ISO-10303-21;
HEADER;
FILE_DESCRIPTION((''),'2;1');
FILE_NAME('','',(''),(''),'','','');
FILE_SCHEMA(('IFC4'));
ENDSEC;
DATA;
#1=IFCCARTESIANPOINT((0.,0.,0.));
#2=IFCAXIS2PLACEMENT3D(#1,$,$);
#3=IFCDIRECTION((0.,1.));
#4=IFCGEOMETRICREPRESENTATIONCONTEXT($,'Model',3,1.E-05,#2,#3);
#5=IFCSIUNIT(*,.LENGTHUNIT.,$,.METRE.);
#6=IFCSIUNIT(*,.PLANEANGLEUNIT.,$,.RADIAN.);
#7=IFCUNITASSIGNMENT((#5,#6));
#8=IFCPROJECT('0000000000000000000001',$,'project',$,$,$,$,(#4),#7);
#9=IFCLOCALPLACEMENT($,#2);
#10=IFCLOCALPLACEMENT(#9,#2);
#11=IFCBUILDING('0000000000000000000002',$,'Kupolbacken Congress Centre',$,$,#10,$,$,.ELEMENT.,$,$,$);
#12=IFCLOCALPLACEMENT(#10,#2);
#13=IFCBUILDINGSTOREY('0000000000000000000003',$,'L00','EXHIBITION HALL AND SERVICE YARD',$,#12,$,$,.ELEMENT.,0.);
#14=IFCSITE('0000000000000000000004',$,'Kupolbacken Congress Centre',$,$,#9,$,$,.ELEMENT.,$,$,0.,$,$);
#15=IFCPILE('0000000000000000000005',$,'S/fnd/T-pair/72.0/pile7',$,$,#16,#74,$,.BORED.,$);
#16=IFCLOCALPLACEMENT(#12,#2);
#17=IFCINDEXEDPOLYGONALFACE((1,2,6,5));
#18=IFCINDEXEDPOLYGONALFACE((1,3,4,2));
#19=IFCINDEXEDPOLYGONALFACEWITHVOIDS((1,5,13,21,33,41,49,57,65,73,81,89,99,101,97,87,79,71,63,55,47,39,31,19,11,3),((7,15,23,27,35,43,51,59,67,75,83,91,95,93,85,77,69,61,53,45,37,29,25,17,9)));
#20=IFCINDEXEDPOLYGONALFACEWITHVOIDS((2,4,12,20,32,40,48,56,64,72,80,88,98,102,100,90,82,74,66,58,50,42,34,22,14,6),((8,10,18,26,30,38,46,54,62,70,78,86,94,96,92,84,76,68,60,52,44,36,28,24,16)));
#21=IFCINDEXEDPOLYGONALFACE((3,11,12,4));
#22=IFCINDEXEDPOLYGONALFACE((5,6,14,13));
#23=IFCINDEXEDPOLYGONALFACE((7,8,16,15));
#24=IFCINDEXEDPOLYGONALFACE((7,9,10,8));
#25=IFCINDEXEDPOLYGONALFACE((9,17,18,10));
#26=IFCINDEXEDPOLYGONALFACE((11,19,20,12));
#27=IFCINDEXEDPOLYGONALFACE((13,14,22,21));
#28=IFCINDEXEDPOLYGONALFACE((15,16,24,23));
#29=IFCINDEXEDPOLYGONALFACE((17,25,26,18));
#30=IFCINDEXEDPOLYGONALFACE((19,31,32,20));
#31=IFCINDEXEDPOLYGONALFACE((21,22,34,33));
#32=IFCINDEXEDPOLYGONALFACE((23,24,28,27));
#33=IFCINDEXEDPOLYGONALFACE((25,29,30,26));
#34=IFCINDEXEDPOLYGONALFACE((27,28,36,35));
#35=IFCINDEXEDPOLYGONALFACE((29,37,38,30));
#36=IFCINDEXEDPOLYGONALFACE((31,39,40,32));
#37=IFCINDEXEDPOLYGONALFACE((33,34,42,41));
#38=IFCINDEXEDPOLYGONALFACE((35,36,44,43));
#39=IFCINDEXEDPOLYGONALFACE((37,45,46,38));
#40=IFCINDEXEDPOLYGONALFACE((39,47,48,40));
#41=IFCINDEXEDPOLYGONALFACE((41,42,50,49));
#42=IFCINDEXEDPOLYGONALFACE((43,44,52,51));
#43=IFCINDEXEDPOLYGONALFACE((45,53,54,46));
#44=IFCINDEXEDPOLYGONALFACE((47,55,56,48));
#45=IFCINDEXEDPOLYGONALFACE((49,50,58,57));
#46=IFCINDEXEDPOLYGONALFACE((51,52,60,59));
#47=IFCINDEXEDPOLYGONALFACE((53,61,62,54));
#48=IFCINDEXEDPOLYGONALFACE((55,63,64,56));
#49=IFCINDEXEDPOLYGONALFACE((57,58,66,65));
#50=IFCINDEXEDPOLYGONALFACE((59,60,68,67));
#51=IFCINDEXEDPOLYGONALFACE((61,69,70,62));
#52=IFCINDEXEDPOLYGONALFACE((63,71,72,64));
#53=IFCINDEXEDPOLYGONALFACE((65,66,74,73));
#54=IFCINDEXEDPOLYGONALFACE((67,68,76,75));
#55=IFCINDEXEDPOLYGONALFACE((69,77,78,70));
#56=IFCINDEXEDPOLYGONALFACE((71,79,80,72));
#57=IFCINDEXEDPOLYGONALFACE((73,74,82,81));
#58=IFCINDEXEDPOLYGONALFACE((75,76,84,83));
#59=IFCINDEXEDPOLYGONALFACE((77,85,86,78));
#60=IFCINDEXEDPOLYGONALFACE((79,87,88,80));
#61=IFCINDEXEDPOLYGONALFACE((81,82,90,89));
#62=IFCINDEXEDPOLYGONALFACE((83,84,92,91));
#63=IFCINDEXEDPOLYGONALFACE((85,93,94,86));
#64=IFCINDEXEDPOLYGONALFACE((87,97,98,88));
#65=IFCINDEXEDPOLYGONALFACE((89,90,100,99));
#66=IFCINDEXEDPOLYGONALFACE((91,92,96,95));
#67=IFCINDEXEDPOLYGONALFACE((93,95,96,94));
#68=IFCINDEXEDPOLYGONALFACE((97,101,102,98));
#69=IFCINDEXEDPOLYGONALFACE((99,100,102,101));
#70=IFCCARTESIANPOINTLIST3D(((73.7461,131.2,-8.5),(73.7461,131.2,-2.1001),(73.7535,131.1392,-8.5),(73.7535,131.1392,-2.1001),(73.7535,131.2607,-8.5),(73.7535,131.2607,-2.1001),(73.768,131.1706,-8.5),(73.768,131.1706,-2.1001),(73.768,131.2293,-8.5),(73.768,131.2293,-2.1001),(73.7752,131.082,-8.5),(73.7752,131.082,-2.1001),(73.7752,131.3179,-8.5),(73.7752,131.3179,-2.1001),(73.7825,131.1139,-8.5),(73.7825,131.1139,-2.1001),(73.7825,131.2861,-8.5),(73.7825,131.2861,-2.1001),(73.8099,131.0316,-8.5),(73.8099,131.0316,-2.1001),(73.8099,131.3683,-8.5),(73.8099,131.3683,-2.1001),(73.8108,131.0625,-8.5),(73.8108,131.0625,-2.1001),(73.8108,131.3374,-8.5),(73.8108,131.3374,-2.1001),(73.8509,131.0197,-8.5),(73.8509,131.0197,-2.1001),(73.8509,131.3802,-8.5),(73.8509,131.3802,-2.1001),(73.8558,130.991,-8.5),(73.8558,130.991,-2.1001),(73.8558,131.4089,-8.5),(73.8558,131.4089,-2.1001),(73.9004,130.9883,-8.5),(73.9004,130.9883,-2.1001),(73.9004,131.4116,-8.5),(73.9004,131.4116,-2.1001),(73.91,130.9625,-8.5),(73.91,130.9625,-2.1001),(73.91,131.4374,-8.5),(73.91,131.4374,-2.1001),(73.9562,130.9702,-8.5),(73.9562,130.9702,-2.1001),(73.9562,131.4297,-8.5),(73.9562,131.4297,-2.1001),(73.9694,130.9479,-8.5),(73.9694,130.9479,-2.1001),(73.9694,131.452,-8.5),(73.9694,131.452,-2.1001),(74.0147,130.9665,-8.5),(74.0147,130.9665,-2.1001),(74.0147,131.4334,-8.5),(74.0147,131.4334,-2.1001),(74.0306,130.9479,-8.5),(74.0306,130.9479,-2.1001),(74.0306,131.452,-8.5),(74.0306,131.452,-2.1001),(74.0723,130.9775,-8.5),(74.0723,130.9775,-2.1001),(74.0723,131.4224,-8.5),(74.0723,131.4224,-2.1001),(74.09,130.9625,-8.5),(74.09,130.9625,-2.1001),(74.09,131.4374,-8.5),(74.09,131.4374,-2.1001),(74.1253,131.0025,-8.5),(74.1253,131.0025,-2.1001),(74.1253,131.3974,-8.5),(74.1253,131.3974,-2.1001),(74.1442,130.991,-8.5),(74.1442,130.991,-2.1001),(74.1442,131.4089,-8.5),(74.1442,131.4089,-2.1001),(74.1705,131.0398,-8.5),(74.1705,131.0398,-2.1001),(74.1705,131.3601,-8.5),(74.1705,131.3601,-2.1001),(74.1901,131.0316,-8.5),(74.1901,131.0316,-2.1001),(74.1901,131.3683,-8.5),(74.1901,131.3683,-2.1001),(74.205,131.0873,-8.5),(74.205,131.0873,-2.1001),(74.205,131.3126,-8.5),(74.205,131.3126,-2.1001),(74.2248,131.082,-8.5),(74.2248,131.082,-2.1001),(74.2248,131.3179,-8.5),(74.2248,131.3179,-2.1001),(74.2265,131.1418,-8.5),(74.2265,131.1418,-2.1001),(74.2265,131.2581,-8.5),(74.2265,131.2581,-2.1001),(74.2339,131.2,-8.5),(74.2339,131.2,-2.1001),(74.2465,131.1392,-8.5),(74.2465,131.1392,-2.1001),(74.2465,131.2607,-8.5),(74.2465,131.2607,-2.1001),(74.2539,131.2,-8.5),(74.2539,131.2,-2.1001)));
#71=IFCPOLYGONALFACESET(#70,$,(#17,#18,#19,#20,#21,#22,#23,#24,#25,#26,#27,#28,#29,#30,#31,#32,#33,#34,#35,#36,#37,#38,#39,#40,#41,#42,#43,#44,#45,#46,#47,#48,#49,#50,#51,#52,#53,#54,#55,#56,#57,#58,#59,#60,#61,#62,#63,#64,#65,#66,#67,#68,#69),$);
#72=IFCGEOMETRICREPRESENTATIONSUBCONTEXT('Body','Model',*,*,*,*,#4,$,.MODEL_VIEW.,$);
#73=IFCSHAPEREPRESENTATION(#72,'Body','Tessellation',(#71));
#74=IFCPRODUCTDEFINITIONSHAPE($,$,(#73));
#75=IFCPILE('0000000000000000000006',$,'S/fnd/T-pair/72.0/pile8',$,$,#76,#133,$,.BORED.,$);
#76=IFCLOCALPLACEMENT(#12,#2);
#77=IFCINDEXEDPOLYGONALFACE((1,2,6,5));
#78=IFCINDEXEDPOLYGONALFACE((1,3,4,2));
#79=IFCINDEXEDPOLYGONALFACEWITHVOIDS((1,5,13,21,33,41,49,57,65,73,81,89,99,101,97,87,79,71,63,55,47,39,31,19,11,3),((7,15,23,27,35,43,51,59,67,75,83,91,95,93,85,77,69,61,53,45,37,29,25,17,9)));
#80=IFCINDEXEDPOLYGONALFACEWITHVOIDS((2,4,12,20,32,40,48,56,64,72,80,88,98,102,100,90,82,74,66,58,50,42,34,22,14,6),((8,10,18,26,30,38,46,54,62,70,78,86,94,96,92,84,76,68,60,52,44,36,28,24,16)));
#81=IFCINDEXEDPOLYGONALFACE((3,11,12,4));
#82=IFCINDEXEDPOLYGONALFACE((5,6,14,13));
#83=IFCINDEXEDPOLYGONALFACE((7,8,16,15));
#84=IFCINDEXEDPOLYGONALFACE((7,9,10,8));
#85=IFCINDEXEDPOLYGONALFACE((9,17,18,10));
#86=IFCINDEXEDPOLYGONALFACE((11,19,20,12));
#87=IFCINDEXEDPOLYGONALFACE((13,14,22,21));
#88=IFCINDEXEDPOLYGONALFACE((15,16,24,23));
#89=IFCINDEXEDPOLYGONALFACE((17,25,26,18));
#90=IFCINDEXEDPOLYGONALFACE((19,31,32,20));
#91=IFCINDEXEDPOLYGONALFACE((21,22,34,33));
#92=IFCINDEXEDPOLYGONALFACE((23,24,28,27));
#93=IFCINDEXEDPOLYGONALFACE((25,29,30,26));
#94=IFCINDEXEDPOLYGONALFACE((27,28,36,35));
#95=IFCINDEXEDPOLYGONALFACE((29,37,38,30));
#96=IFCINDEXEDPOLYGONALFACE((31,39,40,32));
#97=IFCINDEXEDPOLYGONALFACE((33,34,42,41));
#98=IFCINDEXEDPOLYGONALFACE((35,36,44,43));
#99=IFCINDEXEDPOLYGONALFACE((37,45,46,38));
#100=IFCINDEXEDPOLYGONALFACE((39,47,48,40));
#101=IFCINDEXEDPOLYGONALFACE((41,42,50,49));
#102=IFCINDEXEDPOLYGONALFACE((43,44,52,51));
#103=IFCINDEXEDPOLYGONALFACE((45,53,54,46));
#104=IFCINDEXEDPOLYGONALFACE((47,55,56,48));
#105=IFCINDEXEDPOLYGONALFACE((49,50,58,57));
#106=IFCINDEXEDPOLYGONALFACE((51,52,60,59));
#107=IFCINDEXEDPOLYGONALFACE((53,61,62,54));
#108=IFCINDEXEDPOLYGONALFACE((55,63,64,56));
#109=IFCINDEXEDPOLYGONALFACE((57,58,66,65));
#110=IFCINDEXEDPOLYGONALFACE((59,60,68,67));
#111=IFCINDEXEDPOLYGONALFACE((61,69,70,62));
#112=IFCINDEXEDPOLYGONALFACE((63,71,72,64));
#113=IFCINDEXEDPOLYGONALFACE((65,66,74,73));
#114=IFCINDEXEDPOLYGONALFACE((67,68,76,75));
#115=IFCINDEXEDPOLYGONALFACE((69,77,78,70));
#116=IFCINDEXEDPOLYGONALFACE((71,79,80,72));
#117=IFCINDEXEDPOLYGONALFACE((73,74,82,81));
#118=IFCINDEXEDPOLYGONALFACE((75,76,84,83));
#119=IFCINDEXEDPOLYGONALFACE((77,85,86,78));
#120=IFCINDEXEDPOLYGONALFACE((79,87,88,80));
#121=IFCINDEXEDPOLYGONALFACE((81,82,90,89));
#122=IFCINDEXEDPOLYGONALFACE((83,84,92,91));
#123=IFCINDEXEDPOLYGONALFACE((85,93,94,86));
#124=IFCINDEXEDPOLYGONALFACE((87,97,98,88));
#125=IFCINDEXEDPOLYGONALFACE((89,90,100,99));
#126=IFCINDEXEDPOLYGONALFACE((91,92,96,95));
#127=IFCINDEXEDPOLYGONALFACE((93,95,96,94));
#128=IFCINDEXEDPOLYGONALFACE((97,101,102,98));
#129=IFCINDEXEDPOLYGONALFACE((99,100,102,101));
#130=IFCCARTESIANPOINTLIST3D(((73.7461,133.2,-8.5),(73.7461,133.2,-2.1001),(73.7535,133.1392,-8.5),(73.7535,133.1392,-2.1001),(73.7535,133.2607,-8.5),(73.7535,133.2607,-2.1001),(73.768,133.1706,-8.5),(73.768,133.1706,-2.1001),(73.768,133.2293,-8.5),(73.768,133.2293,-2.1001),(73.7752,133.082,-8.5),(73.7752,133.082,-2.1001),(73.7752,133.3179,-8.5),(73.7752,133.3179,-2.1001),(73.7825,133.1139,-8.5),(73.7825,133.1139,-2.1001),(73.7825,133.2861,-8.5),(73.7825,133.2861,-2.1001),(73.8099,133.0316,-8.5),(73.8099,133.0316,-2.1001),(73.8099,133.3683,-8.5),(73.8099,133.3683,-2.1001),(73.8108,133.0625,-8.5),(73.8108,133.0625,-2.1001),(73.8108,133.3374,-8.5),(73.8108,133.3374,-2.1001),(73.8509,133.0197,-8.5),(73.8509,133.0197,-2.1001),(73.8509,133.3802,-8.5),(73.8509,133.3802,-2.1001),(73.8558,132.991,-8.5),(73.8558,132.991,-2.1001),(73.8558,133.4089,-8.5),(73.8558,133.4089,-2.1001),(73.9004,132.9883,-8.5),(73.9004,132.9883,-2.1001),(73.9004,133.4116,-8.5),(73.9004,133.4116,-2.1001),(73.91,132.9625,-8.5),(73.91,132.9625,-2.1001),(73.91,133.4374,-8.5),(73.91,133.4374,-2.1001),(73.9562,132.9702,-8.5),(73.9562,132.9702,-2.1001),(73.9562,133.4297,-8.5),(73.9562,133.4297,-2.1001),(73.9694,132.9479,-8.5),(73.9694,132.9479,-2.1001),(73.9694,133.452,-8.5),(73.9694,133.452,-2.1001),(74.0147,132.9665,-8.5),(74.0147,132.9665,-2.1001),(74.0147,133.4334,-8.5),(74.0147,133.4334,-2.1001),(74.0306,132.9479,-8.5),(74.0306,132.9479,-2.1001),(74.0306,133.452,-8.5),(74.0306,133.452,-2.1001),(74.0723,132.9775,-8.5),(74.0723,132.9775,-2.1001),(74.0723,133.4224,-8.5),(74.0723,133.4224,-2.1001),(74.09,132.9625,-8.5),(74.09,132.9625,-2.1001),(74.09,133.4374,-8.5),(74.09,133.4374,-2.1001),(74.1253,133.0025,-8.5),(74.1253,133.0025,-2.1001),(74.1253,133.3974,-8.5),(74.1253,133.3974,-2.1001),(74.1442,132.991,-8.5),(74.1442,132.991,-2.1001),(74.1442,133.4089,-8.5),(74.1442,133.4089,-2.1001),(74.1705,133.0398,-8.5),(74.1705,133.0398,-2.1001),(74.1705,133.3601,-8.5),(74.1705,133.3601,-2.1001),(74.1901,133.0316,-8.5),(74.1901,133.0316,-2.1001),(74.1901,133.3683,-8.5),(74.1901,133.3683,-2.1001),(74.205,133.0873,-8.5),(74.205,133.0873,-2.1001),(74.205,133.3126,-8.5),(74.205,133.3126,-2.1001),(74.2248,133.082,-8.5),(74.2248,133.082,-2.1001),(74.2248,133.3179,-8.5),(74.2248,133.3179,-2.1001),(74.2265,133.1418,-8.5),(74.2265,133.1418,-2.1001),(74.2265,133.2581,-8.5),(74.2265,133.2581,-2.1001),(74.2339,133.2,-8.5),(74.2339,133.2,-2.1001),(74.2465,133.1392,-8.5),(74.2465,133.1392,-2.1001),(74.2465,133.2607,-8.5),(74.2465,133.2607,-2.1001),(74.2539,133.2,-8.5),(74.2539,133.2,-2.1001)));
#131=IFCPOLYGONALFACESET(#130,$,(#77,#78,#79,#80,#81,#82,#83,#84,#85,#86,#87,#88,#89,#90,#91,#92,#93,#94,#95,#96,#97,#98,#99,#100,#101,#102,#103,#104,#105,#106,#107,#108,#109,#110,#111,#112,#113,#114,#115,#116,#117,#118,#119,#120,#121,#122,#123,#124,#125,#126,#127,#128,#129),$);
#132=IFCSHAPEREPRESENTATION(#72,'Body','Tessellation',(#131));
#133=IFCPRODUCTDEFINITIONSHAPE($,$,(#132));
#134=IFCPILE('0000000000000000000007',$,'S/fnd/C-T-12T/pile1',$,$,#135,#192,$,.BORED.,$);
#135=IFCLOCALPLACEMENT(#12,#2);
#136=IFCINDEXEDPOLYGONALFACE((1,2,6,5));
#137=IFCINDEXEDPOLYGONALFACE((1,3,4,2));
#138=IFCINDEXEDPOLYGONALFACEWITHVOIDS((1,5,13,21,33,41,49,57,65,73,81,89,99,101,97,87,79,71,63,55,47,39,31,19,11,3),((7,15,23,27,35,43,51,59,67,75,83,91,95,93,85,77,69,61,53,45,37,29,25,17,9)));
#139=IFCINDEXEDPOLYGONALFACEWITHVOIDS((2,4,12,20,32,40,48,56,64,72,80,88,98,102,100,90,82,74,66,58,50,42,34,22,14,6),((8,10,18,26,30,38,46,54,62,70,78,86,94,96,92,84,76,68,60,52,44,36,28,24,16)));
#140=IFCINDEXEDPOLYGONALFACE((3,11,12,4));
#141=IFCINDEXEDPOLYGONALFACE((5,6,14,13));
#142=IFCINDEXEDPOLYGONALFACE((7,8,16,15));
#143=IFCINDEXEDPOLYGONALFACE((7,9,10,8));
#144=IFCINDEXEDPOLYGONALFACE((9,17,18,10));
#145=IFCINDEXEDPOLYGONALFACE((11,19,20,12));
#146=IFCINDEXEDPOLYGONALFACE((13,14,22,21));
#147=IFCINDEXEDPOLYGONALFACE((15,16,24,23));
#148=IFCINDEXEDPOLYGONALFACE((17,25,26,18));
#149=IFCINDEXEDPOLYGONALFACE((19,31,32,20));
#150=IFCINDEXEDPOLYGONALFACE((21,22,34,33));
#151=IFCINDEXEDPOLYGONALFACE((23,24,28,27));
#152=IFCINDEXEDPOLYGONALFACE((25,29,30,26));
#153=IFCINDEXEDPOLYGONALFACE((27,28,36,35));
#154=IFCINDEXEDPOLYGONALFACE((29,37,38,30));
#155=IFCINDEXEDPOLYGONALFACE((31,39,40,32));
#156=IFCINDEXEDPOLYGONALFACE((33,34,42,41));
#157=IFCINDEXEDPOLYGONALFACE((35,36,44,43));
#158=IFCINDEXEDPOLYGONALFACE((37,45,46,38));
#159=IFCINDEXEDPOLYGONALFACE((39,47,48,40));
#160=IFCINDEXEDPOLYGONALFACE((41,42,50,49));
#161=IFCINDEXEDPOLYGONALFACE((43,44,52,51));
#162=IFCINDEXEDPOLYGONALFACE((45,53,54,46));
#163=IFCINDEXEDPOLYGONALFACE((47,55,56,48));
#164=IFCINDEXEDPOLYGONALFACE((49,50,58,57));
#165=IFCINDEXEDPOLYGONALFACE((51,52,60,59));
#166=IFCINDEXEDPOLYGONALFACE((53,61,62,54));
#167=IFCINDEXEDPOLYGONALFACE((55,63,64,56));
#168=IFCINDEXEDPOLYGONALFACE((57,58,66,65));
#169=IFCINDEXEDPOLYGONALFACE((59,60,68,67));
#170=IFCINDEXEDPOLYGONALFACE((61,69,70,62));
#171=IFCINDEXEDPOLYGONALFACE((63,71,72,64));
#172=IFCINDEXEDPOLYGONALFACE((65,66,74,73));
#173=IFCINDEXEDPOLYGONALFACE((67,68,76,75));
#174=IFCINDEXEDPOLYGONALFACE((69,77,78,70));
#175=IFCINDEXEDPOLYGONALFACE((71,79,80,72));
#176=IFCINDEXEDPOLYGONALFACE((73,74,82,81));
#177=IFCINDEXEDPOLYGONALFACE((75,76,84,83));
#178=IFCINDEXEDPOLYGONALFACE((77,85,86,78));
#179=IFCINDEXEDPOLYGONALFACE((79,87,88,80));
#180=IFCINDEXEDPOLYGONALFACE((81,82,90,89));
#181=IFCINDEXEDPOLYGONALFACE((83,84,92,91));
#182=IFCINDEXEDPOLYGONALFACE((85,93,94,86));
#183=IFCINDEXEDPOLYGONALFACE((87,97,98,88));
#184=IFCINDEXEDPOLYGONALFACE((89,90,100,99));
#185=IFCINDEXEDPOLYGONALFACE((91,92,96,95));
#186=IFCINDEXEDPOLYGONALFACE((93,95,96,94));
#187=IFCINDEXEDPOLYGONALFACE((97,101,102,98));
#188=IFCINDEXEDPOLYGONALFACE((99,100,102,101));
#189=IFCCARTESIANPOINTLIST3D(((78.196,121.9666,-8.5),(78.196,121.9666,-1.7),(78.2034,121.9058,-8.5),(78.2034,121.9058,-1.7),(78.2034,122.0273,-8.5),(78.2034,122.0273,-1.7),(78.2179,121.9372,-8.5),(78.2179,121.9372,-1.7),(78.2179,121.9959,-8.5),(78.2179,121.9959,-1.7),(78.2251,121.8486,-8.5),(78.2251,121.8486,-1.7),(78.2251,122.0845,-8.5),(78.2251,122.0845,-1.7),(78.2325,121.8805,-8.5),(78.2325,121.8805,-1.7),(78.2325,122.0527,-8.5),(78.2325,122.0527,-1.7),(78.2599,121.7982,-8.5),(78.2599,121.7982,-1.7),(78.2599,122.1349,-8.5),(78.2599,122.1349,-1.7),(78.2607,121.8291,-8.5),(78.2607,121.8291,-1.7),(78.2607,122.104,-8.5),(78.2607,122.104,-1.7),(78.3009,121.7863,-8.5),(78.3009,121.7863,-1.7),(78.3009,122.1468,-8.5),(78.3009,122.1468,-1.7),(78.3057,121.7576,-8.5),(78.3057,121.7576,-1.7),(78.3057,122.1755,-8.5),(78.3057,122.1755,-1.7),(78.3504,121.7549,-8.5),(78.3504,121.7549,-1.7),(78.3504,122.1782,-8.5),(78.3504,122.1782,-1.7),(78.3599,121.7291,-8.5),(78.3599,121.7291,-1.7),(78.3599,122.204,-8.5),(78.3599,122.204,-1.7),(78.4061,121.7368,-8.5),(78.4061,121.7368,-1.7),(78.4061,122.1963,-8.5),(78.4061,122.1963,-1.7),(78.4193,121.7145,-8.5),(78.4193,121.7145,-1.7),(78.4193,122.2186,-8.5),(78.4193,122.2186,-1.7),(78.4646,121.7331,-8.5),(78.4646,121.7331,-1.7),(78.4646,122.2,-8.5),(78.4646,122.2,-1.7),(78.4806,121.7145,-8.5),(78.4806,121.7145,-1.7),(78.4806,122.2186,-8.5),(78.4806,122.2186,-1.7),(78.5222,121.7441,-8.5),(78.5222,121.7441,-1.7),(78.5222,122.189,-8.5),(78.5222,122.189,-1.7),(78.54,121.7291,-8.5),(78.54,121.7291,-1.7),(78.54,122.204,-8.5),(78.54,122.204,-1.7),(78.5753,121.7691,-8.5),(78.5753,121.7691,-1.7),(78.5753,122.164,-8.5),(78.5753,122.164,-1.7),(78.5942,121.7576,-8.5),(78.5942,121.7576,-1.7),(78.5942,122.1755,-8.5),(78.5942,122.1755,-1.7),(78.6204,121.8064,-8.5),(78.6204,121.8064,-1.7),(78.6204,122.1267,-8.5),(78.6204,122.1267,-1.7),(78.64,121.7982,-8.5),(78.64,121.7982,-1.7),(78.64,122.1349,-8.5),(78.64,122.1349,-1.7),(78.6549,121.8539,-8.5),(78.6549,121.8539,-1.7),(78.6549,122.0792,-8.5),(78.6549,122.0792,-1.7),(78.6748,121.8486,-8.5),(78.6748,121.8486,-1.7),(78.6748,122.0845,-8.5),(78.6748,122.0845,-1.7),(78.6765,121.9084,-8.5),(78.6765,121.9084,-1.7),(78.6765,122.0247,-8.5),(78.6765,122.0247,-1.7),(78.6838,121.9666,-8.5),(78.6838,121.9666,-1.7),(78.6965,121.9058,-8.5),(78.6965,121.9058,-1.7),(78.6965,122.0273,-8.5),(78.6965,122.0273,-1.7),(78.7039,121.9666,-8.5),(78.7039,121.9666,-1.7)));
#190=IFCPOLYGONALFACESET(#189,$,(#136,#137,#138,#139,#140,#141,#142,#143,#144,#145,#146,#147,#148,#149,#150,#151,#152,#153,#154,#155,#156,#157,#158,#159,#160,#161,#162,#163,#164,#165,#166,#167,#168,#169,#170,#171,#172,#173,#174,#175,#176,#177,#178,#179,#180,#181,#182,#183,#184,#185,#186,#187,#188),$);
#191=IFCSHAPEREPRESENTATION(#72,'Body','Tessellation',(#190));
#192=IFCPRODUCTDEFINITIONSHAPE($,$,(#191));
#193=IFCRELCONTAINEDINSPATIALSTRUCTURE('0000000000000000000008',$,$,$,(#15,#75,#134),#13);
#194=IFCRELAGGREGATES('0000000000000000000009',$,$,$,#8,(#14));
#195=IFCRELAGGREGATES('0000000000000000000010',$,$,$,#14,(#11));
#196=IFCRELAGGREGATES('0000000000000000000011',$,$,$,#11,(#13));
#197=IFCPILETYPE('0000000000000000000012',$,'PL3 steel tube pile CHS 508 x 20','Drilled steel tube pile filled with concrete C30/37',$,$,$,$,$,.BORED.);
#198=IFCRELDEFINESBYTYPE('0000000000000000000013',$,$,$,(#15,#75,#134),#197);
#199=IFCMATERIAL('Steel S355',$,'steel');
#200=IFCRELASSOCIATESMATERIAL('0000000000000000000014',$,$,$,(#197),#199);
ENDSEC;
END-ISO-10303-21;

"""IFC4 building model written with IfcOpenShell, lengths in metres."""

from ifc_helpers import new_model, si_unit, direction, frame, origin, origin_2d, place, context, subcontext, project, spatial, hollow_circle, extrude, material, material_profile, profile_set, type_object, element, save


model = new_model("IFC4")

# Units and contexts
model_context = context("Model", 3, precision=1e-05, world=origin(), true_north=direction((0.0, 1.0)))
body_context = subcontext(model_context, "Body", "Model", "MODEL_VIEW")
ifc_project = project(units=[si_unit("LENGTHUNIT", "METRE"), si_unit("PLANEANGLEUNIT", "RADIAN")], contexts=[model_context])

# Site, building, storey
site_placement = place(None, origin())
site = spatial("IfcSite", under=ifc_project, at=site_placement, Name="Kupolbacken Congress Centre", CompositionType="ELEMENT", RefElevation=0.0)
building_placement = place(site_placement, origin())
building = spatial("IfcBuilding", under=site, at=building_placement, Name="Kupolbacken Congress Centre", CompositionType="ELEMENT")
storey_placement = place(building_placement, origin())
storey = spatial("IfcBuildingStorey", under=building, at=storey_placement, Name="L00", Description="EXHIBITION HALL AND SERVICE YARD", CompositionType="ELEMENT", Elevation=0.0)

# Piles
ifc_material_1 = material(Name="Steel S355", Category="steel")
ifc_material_profile_1 = material_profile(ifc_material_1, hollow_circle(Radius=0.2539, WallThickness=0.02, at=origin_2d()), Name="CHS 508 x 20")
ifc_profile_set_1 = profile_set([ifc_material_profile_1], Name="Steel S355")
pile_type = type_object("IfcPileType", Name="PL3 steel tube pile CHS 508 x 20", Description="Drilled steel tube pile filled with concrete C30/37", PredefinedType="BORED", material=ifc_profile_set_1)
for number, where, z_axis, x_axis, name in (
    (1, (74.0, 131.2, -2.1001), (0.0, 0.0, -1.0), (1.0, 0.0, 0.0), "S/fnd/T-pair/72.0/pile7"),
    (2, (74.0, 133.2, -2.1001), (0.0, 0.0, -1.0), (1.0, 0.0, 0.0), "S/fnd/T-pair/72.0/pile8"),
):
    element("IfcPile", number, at=place(storey_placement, frame(where, z_axis=z_axis, x_axis=x_axis)), inside=storey, type_object=pile_type, Name=name, PredefinedType="BORED", context=body_context, shape_type="SweptSolid", body=[
        extrude(hollow_circle(Radius=0.2539, WallThickness=0.02, at=origin_2d()), origin(), (0.0, 0.0, 1.0), 6.3999),
    ])
for number, where, z_axis, x_axis, name in (
    (3, (78.45, 121.9666, -1.7), (0.0, 0.0, -1.0), (1.0, 0.0, 0.0), "S/fnd/C-T-12T/pile1"),
):
    element("IfcPile", number, at=place(storey_placement, frame(where, z_axis=z_axis, x_axis=x_axis)), inside=storey, type_object=pile_type, Name=name, PredefinedType="BORED", context=body_context, shape_type="SweptSolid", body=[
        extrude(hollow_circle(Radius=0.2539, WallThickness=0.02, at=origin_2d()), origin(), (0.0, 0.0, 1.0), 6.8),
    ])

save(model, "model.ifc")
